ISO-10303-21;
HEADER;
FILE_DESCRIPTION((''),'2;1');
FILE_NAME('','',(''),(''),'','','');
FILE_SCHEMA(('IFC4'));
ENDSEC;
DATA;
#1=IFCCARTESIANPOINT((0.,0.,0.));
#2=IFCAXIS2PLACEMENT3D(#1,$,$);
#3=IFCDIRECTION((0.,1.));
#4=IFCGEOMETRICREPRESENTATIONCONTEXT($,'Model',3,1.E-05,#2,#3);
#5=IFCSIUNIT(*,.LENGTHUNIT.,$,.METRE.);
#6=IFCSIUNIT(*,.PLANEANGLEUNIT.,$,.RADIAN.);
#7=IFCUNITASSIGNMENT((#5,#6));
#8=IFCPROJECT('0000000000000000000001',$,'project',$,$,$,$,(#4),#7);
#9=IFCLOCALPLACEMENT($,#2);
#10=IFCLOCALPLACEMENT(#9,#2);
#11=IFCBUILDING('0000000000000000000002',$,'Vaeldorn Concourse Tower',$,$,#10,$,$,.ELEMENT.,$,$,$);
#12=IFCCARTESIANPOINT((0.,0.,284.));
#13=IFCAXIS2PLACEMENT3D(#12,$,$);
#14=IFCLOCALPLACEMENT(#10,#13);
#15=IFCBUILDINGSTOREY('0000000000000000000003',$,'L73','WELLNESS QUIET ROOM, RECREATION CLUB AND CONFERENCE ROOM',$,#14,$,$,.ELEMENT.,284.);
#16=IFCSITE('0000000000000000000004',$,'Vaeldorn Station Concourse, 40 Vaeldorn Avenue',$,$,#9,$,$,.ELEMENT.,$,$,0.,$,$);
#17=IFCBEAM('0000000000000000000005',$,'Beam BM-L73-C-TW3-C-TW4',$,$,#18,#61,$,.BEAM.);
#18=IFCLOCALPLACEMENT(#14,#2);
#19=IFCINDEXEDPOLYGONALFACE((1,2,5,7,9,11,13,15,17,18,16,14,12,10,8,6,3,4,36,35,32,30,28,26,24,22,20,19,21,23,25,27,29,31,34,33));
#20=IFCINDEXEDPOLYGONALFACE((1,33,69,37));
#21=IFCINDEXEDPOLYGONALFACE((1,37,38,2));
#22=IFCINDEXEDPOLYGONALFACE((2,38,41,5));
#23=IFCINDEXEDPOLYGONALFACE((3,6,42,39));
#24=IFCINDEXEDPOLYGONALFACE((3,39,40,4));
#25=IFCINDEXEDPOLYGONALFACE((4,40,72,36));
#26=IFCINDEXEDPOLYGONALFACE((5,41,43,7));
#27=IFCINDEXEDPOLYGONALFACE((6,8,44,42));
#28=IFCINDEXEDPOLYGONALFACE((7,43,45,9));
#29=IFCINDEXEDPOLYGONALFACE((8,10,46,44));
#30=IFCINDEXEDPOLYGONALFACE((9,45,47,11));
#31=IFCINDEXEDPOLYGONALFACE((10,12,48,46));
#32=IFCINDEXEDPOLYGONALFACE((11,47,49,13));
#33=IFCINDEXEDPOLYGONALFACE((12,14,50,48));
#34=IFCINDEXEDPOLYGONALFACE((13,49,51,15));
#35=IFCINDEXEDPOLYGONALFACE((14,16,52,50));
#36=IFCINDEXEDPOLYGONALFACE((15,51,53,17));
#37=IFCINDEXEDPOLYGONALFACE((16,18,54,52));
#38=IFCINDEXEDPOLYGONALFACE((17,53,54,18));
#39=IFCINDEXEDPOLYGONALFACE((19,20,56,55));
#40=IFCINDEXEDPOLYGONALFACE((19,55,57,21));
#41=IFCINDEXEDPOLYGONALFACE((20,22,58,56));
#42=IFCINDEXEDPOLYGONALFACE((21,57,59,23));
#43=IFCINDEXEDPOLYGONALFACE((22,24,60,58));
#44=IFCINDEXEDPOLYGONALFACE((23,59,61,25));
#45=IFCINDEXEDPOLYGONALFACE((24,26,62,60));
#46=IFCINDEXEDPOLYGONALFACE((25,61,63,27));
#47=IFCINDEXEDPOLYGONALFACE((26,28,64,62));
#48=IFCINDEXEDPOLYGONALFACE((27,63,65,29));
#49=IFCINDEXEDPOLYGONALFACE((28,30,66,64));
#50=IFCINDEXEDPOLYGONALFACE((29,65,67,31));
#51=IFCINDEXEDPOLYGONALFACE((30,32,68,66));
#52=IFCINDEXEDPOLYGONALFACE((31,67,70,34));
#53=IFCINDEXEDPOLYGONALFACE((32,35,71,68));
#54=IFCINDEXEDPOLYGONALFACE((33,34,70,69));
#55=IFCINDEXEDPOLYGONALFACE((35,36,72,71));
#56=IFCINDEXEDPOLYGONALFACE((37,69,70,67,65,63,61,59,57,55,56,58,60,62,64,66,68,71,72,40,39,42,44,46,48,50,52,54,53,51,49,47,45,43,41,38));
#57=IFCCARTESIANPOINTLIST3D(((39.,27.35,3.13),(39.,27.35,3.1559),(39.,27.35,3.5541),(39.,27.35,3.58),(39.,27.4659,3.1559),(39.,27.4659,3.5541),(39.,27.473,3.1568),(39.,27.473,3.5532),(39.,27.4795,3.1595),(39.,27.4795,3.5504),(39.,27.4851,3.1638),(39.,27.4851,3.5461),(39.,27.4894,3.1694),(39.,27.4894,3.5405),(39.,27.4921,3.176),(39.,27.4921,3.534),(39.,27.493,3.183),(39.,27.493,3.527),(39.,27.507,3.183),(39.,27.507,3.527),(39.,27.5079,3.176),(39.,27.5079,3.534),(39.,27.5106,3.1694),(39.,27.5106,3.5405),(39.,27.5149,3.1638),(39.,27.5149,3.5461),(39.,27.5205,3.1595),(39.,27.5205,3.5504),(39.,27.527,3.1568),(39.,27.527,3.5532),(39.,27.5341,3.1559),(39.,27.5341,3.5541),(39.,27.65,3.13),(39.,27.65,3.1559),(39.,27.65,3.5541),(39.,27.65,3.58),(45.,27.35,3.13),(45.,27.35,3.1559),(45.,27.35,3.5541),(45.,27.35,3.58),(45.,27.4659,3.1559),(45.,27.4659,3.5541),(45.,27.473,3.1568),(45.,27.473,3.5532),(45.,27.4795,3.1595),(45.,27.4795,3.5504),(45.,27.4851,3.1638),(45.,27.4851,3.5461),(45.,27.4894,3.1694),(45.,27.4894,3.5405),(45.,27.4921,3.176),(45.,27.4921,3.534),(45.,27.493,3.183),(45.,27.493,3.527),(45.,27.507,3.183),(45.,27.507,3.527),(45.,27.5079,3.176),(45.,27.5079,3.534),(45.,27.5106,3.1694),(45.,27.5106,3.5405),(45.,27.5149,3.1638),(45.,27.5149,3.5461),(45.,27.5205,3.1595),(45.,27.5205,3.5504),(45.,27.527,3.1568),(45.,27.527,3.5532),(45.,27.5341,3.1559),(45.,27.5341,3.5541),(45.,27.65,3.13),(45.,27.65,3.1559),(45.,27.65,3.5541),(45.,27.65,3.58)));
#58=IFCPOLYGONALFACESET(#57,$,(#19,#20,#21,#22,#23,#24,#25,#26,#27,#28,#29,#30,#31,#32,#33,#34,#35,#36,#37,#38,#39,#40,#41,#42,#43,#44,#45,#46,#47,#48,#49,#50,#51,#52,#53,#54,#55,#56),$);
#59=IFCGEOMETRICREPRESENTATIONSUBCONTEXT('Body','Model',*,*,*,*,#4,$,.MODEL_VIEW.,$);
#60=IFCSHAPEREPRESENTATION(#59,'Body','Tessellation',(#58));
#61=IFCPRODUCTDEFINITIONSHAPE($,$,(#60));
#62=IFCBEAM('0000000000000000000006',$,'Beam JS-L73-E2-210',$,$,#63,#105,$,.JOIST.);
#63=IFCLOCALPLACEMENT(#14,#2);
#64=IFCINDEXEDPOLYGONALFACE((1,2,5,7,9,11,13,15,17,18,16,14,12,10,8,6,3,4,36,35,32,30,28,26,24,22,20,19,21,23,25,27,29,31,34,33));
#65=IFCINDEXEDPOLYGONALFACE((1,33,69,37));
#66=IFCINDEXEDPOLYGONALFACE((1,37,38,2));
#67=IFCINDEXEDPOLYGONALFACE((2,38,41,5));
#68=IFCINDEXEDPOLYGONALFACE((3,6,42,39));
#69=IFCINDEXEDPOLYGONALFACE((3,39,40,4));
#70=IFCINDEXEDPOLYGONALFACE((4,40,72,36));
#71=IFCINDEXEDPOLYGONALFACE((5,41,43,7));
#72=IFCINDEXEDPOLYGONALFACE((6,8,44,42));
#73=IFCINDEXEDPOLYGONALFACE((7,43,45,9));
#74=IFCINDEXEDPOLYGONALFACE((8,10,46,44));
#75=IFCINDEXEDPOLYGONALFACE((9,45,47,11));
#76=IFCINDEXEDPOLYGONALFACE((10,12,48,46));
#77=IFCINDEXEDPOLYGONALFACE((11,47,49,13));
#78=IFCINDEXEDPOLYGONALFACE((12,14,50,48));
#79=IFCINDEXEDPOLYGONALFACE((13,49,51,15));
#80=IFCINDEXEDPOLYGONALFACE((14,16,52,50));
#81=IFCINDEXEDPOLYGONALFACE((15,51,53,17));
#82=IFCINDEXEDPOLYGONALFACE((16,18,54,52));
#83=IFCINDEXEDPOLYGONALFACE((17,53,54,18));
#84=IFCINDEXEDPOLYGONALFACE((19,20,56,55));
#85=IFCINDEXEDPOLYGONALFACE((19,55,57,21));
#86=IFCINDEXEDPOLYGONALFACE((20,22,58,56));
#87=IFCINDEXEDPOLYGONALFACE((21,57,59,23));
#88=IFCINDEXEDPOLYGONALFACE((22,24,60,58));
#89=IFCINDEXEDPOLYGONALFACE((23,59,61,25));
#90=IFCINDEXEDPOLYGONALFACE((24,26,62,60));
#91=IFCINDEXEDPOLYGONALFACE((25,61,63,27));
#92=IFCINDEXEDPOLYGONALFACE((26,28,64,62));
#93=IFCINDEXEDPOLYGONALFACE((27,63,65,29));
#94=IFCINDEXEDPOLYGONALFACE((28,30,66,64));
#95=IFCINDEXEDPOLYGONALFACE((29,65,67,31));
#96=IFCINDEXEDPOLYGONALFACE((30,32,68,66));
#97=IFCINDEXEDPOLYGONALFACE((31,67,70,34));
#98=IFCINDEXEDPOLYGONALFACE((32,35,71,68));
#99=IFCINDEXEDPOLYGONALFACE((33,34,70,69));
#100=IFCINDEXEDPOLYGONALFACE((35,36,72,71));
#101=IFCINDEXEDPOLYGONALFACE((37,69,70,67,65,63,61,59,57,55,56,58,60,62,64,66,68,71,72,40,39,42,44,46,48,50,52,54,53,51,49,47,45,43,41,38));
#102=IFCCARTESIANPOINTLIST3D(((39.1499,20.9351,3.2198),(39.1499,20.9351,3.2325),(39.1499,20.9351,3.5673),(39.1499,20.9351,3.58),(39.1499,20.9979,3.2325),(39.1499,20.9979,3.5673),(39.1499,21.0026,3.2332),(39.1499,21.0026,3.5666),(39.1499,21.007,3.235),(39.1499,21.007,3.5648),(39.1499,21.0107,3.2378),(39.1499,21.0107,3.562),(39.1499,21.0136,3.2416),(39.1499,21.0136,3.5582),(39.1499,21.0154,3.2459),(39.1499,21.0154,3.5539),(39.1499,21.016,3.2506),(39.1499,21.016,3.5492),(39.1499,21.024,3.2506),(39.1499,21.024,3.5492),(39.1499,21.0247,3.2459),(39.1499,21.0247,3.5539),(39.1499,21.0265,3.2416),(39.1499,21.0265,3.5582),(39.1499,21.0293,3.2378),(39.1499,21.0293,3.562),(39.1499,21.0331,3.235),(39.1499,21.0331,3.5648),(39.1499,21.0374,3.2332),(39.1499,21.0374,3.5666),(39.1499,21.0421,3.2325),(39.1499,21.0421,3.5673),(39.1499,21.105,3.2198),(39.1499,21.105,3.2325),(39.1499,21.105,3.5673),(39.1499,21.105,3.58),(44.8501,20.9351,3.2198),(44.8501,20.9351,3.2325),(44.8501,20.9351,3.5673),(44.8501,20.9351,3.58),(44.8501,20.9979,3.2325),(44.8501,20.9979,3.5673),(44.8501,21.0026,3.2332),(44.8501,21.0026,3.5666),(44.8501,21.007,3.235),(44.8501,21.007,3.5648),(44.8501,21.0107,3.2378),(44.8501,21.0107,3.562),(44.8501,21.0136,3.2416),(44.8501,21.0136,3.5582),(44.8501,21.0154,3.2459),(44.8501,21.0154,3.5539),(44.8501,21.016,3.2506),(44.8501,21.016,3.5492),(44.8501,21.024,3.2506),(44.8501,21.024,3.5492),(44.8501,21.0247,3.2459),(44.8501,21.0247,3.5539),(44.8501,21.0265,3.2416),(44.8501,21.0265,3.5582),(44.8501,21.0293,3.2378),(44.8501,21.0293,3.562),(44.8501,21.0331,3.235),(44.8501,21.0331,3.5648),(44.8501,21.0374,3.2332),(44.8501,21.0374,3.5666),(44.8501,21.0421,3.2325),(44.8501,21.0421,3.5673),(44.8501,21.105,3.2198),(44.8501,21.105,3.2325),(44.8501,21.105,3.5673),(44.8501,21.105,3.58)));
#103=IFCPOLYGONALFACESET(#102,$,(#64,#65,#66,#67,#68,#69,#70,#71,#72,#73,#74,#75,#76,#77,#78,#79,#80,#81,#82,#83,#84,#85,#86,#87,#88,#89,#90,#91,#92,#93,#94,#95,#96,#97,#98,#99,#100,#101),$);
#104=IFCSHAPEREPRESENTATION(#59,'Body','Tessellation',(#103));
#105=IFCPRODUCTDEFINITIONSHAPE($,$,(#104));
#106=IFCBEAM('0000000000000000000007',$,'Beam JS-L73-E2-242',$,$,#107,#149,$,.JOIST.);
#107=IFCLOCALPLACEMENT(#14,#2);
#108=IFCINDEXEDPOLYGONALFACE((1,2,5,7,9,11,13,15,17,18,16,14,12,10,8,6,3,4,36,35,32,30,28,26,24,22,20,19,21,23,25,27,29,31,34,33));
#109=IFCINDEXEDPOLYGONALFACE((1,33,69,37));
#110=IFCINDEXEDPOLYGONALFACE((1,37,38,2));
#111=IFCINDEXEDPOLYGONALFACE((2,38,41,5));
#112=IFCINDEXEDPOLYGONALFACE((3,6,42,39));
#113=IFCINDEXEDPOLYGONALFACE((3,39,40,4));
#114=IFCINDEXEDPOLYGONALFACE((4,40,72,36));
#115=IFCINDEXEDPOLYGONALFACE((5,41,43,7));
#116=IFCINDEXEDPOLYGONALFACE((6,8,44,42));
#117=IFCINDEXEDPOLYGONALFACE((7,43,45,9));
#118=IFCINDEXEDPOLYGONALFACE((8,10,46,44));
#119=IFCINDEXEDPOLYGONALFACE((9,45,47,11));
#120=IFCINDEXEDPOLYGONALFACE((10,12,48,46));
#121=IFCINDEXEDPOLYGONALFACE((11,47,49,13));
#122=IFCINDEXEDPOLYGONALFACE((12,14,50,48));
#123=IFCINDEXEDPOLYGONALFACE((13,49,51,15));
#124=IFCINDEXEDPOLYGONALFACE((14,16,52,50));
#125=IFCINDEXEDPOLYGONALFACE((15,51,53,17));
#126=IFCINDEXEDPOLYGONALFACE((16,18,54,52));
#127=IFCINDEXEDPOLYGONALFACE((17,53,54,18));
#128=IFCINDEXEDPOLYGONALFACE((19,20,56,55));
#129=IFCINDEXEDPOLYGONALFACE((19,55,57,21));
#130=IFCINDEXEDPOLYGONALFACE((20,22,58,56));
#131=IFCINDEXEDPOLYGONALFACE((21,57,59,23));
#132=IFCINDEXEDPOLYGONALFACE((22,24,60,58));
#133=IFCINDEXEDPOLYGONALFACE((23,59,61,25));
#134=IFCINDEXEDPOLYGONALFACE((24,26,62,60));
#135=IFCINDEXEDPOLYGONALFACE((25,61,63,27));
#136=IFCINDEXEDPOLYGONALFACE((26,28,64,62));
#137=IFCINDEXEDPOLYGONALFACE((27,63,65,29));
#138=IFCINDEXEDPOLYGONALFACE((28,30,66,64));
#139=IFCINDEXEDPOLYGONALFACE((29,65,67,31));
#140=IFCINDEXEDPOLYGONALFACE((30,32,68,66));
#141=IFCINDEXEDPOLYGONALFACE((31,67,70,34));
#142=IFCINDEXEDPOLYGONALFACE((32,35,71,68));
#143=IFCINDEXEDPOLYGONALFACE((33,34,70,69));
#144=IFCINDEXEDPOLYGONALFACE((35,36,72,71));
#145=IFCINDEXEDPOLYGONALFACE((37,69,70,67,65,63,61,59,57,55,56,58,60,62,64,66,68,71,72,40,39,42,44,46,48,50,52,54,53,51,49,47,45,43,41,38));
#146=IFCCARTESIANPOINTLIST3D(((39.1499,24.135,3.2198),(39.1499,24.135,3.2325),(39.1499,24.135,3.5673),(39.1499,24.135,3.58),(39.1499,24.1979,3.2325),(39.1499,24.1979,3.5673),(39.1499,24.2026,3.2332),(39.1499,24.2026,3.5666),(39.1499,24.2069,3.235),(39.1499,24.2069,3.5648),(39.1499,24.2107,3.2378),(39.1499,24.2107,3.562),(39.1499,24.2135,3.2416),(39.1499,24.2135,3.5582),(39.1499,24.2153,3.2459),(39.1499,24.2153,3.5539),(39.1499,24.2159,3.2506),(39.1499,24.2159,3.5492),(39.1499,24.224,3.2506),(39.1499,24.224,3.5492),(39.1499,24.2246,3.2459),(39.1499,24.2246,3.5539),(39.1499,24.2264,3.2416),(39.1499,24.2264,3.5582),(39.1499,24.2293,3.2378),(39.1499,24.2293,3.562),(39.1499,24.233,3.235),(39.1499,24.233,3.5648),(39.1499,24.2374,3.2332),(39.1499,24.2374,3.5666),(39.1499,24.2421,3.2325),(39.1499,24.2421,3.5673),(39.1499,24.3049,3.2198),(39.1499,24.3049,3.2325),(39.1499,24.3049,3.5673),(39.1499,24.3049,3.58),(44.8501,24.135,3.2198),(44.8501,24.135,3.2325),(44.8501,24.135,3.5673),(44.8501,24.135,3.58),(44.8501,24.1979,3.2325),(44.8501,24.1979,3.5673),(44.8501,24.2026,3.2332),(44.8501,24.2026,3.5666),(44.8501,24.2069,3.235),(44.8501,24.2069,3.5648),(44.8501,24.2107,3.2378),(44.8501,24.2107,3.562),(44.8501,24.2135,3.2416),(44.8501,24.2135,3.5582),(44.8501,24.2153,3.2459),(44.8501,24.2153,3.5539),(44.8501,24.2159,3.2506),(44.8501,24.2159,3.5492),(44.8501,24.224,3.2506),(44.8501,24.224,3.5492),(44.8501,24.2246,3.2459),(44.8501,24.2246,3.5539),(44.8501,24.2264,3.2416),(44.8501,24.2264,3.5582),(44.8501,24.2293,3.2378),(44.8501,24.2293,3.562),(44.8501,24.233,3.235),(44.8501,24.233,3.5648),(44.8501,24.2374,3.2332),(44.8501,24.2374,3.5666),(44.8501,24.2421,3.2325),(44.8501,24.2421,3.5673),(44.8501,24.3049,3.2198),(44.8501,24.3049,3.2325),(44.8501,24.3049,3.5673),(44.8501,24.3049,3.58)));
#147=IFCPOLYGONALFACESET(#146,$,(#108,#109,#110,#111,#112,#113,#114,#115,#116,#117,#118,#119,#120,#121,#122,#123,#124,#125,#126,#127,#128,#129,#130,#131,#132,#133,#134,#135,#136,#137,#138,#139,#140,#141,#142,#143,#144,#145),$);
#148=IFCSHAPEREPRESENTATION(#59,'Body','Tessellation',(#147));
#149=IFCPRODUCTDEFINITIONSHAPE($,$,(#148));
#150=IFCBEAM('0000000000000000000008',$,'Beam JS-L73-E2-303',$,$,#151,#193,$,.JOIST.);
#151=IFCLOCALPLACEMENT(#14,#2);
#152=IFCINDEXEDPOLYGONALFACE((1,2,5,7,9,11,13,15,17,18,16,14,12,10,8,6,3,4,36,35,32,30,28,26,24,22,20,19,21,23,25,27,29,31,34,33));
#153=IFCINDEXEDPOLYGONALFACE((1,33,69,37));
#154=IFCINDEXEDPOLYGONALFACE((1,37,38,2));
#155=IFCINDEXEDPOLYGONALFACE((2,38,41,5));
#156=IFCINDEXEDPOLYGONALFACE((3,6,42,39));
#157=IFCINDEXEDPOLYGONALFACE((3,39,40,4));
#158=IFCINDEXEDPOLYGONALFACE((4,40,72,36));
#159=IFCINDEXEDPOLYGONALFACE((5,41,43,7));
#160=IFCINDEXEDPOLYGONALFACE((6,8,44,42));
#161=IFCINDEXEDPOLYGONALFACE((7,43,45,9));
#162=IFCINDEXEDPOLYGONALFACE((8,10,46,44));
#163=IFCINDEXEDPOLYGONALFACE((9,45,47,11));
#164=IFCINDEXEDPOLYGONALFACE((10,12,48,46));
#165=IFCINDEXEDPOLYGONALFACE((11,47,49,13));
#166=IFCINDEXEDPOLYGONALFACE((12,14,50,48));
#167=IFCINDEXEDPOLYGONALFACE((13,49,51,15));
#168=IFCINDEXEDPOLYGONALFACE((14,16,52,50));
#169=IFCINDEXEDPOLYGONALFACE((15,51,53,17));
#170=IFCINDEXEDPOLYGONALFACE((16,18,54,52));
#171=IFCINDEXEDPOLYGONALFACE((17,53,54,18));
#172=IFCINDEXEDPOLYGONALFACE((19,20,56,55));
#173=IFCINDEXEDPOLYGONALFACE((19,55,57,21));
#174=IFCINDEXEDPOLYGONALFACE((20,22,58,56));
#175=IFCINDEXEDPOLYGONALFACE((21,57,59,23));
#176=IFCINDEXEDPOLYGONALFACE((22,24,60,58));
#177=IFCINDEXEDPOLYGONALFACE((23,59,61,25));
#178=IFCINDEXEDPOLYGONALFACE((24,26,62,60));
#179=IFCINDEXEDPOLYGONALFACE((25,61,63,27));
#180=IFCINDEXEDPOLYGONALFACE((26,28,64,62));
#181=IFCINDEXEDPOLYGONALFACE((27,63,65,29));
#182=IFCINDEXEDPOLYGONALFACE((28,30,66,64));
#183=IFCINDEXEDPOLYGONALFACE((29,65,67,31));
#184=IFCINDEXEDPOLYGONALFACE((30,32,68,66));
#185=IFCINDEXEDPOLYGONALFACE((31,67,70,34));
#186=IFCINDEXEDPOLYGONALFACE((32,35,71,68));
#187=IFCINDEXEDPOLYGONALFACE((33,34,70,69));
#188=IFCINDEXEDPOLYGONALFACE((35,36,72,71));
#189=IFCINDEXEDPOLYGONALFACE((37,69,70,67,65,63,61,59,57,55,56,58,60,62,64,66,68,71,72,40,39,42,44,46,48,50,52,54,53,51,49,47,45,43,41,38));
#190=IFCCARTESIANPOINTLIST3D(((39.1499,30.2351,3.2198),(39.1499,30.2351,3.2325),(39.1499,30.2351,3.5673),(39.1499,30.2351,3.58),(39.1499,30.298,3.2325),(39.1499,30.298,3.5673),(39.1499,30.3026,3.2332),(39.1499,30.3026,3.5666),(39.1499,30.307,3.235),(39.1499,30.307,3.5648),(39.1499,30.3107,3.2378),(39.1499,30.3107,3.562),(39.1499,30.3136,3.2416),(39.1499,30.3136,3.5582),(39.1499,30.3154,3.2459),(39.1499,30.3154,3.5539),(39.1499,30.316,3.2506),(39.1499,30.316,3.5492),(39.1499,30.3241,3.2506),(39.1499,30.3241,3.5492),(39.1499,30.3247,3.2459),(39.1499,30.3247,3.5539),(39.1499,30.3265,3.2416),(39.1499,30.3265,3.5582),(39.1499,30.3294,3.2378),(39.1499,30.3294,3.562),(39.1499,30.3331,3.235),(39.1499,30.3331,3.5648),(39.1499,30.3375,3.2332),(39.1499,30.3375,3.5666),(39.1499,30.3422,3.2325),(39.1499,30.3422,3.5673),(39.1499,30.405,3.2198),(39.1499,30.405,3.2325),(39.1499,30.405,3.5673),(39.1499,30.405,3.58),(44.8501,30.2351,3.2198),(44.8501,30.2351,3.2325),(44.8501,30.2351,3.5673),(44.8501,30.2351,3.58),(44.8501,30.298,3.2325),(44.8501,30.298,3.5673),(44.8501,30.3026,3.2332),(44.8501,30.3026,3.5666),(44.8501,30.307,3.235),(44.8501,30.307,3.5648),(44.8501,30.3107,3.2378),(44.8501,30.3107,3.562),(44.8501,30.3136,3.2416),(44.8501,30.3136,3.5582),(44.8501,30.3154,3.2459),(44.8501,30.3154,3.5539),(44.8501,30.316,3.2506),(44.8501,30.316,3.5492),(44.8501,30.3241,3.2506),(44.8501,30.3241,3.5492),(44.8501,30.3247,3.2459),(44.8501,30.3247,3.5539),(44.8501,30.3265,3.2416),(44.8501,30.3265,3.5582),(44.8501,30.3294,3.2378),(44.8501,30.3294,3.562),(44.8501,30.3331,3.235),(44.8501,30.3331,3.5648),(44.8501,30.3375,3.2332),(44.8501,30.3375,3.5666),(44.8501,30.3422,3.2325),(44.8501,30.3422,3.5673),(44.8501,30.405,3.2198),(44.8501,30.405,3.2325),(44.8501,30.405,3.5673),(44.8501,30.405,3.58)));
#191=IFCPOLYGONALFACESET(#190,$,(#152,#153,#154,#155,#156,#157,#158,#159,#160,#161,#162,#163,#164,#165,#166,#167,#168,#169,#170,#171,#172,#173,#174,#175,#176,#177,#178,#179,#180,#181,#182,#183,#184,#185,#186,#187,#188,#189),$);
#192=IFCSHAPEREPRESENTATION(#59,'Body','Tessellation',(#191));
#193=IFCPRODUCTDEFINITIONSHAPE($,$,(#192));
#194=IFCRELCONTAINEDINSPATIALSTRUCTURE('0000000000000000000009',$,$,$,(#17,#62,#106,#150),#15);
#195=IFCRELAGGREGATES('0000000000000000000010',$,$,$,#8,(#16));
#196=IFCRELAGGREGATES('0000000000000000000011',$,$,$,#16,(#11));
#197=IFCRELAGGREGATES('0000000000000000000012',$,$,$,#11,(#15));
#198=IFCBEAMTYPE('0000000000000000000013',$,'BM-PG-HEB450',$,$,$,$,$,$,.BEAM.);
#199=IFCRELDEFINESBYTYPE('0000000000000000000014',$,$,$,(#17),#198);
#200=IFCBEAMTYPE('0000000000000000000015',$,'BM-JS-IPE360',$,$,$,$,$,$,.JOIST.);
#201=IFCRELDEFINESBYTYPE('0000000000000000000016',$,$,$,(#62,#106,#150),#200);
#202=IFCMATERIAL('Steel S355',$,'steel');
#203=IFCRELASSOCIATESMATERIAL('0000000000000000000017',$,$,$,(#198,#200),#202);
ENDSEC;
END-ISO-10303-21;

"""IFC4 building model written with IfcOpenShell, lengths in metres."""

from ifc_helpers import new_model, si_unit, direction, frame, origin, origin_2d, place, context, subcontext, project, spatial, i_section, extrude, source, transform, mapped, material, material_profile, profile_set, type_object, element, save


model = new_model("IFC4")

# Units and contexts
model_context = context("Model", 3, precision=1e-05, world=origin(), true_north=direction((0.0, 1.0)))
body_context = subcontext(model_context, "Body", "Model", "MODEL_VIEW")
ifc_project = project(units=[si_unit("LENGTHUNIT", "METRE"), si_unit("PLANEANGLEUNIT", "RADIAN")], contexts=[model_context])

# Site, building, storey
site_placement = place(None, origin())
site = spatial("IfcSite", under=ifc_project, at=site_placement, Name="Vaeldorn Station Concourse, 40 Vaeldorn Avenue", CompositionType="ELEMENT", RefElevation=0.0)
building_placement = place(site_placement, origin())
building = spatial("IfcBuilding", under=site, at=building_placement, Name="Vaeldorn Concourse Tower", CompositionType="ELEMENT")
storey_placement = place(building_placement, frame((0.0, 0.0, 284.0)))
storey = spatial("IfcBuildingStorey", under=building, at=storey_placement, Name="L73", Description="WELLNESS QUIET ROOM, RECREATION CLUB AND CONFERENCE ROOM", CompositionType="ELEMENT", Elevation=284.0)

# Shared definitions
ifc_material_1 = material(Name="Steel S355", Category="steel")

# Beams
ifc_material_profile_1 = material_profile(ifc_material_1, i_section(OverallWidth=0.3, OverallDepth=0.45, WebThickness=0.0139, FlangeThickness=0.0259, FilletRadius=0.0271, at=origin_2d()), Name="HEB 450")
ifc_profile_set_1 = profile_set([ifc_material_profile_1], Name="Steel S355")
beam_type_1 = type_object("IfcBeamType", Name="BM-PG-HEB450", PredefinedType="BEAM", material=ifc_profile_set_1)
shared_shape_1 = source(origin(), body_context, "Body", "SweptSolid", [
    extrude(i_section(OverallWidth=0.3, OverallDepth=0.45, WebThickness=0.0139, FlangeThickness=0.0259, FilletRadius=0.0271, at=origin_2d()), origin(), (0.0, 0.0, 1.0), 6.0),
])
beam_1_placement = place(storey_placement, frame((39.0, 27.5, 3.355), z_axis=(1.0, 0.0, 0.0), x_axis=(0.0, 1.0, 0.0)))
element("IfcBeam", 1, at=beam_1_placement, inside=storey, type_object=beam_type_1, Name="Beam BM-L73-C-TW3-C-TW4", PredefinedType="BEAM", context=body_context, shape_type="MappedRepresentation", body=[
    mapped(shared_shape_1, transform((0.0, 0.0, 0.0), scale=1.0)),
])
ifc_material_profile_2 = material_profile(ifc_material_1, i_section(OverallWidth=0.1699, OverallDepth=0.3601, WebThickness=0.0081, FlangeThickness=0.0127, FilletRadius=0.0181, at=origin_2d()), Name="IPE 360")
ifc_profile_set_2 = profile_set([ifc_material_profile_2], Name="Steel S355")
beam_type_2 = type_object("IfcBeamType", Name="BM-JS-IPE360", PredefinedType="JOIST", material=ifc_profile_set_2)
shared_shape_2 = source(origin(), body_context, "Body", "SweptSolid", [
    extrude(i_section(OverallWidth=0.1699, OverallDepth=0.3601, WebThickness=0.0081, FlangeThickness=0.0127, FilletRadius=0.0181, at=origin_2d()), origin(), (0.0, 0.0, 1.0), 5.7002),
])
for number, where, z_axis, x_axis, name in (
    (2, (39.1499, 21.02, 3.3999), (1.0, 0.0, 0.0), (0.0, 1.0, 0.0), "Beam JS-L73-E2-210"),
    (3, (39.1499, 24.22, 3.3999), (1.0, 0.0, 0.0), (0.0, 1.0, 0.0), "Beam JS-L73-E2-242"),
    (4, (39.1499, 30.3201, 3.3999), (1.0, 0.0, 0.0), (0.0, 1.0, 0.0), "Beam JS-L73-E2-303"),
):
    element("IfcBeam", number, at=place(storey_placement, frame(where, z_axis=z_axis, x_axis=x_axis)), inside=storey, type_object=beam_type_2, Name=name, PredefinedType="JOIST", context=body_context, shape_type="MappedRepresentation", body=[
        mapped(shared_shape_2, transform((0.0, 0.0, 0.0), scale=1.0)),
    ])

save(model, "model.ifc")
